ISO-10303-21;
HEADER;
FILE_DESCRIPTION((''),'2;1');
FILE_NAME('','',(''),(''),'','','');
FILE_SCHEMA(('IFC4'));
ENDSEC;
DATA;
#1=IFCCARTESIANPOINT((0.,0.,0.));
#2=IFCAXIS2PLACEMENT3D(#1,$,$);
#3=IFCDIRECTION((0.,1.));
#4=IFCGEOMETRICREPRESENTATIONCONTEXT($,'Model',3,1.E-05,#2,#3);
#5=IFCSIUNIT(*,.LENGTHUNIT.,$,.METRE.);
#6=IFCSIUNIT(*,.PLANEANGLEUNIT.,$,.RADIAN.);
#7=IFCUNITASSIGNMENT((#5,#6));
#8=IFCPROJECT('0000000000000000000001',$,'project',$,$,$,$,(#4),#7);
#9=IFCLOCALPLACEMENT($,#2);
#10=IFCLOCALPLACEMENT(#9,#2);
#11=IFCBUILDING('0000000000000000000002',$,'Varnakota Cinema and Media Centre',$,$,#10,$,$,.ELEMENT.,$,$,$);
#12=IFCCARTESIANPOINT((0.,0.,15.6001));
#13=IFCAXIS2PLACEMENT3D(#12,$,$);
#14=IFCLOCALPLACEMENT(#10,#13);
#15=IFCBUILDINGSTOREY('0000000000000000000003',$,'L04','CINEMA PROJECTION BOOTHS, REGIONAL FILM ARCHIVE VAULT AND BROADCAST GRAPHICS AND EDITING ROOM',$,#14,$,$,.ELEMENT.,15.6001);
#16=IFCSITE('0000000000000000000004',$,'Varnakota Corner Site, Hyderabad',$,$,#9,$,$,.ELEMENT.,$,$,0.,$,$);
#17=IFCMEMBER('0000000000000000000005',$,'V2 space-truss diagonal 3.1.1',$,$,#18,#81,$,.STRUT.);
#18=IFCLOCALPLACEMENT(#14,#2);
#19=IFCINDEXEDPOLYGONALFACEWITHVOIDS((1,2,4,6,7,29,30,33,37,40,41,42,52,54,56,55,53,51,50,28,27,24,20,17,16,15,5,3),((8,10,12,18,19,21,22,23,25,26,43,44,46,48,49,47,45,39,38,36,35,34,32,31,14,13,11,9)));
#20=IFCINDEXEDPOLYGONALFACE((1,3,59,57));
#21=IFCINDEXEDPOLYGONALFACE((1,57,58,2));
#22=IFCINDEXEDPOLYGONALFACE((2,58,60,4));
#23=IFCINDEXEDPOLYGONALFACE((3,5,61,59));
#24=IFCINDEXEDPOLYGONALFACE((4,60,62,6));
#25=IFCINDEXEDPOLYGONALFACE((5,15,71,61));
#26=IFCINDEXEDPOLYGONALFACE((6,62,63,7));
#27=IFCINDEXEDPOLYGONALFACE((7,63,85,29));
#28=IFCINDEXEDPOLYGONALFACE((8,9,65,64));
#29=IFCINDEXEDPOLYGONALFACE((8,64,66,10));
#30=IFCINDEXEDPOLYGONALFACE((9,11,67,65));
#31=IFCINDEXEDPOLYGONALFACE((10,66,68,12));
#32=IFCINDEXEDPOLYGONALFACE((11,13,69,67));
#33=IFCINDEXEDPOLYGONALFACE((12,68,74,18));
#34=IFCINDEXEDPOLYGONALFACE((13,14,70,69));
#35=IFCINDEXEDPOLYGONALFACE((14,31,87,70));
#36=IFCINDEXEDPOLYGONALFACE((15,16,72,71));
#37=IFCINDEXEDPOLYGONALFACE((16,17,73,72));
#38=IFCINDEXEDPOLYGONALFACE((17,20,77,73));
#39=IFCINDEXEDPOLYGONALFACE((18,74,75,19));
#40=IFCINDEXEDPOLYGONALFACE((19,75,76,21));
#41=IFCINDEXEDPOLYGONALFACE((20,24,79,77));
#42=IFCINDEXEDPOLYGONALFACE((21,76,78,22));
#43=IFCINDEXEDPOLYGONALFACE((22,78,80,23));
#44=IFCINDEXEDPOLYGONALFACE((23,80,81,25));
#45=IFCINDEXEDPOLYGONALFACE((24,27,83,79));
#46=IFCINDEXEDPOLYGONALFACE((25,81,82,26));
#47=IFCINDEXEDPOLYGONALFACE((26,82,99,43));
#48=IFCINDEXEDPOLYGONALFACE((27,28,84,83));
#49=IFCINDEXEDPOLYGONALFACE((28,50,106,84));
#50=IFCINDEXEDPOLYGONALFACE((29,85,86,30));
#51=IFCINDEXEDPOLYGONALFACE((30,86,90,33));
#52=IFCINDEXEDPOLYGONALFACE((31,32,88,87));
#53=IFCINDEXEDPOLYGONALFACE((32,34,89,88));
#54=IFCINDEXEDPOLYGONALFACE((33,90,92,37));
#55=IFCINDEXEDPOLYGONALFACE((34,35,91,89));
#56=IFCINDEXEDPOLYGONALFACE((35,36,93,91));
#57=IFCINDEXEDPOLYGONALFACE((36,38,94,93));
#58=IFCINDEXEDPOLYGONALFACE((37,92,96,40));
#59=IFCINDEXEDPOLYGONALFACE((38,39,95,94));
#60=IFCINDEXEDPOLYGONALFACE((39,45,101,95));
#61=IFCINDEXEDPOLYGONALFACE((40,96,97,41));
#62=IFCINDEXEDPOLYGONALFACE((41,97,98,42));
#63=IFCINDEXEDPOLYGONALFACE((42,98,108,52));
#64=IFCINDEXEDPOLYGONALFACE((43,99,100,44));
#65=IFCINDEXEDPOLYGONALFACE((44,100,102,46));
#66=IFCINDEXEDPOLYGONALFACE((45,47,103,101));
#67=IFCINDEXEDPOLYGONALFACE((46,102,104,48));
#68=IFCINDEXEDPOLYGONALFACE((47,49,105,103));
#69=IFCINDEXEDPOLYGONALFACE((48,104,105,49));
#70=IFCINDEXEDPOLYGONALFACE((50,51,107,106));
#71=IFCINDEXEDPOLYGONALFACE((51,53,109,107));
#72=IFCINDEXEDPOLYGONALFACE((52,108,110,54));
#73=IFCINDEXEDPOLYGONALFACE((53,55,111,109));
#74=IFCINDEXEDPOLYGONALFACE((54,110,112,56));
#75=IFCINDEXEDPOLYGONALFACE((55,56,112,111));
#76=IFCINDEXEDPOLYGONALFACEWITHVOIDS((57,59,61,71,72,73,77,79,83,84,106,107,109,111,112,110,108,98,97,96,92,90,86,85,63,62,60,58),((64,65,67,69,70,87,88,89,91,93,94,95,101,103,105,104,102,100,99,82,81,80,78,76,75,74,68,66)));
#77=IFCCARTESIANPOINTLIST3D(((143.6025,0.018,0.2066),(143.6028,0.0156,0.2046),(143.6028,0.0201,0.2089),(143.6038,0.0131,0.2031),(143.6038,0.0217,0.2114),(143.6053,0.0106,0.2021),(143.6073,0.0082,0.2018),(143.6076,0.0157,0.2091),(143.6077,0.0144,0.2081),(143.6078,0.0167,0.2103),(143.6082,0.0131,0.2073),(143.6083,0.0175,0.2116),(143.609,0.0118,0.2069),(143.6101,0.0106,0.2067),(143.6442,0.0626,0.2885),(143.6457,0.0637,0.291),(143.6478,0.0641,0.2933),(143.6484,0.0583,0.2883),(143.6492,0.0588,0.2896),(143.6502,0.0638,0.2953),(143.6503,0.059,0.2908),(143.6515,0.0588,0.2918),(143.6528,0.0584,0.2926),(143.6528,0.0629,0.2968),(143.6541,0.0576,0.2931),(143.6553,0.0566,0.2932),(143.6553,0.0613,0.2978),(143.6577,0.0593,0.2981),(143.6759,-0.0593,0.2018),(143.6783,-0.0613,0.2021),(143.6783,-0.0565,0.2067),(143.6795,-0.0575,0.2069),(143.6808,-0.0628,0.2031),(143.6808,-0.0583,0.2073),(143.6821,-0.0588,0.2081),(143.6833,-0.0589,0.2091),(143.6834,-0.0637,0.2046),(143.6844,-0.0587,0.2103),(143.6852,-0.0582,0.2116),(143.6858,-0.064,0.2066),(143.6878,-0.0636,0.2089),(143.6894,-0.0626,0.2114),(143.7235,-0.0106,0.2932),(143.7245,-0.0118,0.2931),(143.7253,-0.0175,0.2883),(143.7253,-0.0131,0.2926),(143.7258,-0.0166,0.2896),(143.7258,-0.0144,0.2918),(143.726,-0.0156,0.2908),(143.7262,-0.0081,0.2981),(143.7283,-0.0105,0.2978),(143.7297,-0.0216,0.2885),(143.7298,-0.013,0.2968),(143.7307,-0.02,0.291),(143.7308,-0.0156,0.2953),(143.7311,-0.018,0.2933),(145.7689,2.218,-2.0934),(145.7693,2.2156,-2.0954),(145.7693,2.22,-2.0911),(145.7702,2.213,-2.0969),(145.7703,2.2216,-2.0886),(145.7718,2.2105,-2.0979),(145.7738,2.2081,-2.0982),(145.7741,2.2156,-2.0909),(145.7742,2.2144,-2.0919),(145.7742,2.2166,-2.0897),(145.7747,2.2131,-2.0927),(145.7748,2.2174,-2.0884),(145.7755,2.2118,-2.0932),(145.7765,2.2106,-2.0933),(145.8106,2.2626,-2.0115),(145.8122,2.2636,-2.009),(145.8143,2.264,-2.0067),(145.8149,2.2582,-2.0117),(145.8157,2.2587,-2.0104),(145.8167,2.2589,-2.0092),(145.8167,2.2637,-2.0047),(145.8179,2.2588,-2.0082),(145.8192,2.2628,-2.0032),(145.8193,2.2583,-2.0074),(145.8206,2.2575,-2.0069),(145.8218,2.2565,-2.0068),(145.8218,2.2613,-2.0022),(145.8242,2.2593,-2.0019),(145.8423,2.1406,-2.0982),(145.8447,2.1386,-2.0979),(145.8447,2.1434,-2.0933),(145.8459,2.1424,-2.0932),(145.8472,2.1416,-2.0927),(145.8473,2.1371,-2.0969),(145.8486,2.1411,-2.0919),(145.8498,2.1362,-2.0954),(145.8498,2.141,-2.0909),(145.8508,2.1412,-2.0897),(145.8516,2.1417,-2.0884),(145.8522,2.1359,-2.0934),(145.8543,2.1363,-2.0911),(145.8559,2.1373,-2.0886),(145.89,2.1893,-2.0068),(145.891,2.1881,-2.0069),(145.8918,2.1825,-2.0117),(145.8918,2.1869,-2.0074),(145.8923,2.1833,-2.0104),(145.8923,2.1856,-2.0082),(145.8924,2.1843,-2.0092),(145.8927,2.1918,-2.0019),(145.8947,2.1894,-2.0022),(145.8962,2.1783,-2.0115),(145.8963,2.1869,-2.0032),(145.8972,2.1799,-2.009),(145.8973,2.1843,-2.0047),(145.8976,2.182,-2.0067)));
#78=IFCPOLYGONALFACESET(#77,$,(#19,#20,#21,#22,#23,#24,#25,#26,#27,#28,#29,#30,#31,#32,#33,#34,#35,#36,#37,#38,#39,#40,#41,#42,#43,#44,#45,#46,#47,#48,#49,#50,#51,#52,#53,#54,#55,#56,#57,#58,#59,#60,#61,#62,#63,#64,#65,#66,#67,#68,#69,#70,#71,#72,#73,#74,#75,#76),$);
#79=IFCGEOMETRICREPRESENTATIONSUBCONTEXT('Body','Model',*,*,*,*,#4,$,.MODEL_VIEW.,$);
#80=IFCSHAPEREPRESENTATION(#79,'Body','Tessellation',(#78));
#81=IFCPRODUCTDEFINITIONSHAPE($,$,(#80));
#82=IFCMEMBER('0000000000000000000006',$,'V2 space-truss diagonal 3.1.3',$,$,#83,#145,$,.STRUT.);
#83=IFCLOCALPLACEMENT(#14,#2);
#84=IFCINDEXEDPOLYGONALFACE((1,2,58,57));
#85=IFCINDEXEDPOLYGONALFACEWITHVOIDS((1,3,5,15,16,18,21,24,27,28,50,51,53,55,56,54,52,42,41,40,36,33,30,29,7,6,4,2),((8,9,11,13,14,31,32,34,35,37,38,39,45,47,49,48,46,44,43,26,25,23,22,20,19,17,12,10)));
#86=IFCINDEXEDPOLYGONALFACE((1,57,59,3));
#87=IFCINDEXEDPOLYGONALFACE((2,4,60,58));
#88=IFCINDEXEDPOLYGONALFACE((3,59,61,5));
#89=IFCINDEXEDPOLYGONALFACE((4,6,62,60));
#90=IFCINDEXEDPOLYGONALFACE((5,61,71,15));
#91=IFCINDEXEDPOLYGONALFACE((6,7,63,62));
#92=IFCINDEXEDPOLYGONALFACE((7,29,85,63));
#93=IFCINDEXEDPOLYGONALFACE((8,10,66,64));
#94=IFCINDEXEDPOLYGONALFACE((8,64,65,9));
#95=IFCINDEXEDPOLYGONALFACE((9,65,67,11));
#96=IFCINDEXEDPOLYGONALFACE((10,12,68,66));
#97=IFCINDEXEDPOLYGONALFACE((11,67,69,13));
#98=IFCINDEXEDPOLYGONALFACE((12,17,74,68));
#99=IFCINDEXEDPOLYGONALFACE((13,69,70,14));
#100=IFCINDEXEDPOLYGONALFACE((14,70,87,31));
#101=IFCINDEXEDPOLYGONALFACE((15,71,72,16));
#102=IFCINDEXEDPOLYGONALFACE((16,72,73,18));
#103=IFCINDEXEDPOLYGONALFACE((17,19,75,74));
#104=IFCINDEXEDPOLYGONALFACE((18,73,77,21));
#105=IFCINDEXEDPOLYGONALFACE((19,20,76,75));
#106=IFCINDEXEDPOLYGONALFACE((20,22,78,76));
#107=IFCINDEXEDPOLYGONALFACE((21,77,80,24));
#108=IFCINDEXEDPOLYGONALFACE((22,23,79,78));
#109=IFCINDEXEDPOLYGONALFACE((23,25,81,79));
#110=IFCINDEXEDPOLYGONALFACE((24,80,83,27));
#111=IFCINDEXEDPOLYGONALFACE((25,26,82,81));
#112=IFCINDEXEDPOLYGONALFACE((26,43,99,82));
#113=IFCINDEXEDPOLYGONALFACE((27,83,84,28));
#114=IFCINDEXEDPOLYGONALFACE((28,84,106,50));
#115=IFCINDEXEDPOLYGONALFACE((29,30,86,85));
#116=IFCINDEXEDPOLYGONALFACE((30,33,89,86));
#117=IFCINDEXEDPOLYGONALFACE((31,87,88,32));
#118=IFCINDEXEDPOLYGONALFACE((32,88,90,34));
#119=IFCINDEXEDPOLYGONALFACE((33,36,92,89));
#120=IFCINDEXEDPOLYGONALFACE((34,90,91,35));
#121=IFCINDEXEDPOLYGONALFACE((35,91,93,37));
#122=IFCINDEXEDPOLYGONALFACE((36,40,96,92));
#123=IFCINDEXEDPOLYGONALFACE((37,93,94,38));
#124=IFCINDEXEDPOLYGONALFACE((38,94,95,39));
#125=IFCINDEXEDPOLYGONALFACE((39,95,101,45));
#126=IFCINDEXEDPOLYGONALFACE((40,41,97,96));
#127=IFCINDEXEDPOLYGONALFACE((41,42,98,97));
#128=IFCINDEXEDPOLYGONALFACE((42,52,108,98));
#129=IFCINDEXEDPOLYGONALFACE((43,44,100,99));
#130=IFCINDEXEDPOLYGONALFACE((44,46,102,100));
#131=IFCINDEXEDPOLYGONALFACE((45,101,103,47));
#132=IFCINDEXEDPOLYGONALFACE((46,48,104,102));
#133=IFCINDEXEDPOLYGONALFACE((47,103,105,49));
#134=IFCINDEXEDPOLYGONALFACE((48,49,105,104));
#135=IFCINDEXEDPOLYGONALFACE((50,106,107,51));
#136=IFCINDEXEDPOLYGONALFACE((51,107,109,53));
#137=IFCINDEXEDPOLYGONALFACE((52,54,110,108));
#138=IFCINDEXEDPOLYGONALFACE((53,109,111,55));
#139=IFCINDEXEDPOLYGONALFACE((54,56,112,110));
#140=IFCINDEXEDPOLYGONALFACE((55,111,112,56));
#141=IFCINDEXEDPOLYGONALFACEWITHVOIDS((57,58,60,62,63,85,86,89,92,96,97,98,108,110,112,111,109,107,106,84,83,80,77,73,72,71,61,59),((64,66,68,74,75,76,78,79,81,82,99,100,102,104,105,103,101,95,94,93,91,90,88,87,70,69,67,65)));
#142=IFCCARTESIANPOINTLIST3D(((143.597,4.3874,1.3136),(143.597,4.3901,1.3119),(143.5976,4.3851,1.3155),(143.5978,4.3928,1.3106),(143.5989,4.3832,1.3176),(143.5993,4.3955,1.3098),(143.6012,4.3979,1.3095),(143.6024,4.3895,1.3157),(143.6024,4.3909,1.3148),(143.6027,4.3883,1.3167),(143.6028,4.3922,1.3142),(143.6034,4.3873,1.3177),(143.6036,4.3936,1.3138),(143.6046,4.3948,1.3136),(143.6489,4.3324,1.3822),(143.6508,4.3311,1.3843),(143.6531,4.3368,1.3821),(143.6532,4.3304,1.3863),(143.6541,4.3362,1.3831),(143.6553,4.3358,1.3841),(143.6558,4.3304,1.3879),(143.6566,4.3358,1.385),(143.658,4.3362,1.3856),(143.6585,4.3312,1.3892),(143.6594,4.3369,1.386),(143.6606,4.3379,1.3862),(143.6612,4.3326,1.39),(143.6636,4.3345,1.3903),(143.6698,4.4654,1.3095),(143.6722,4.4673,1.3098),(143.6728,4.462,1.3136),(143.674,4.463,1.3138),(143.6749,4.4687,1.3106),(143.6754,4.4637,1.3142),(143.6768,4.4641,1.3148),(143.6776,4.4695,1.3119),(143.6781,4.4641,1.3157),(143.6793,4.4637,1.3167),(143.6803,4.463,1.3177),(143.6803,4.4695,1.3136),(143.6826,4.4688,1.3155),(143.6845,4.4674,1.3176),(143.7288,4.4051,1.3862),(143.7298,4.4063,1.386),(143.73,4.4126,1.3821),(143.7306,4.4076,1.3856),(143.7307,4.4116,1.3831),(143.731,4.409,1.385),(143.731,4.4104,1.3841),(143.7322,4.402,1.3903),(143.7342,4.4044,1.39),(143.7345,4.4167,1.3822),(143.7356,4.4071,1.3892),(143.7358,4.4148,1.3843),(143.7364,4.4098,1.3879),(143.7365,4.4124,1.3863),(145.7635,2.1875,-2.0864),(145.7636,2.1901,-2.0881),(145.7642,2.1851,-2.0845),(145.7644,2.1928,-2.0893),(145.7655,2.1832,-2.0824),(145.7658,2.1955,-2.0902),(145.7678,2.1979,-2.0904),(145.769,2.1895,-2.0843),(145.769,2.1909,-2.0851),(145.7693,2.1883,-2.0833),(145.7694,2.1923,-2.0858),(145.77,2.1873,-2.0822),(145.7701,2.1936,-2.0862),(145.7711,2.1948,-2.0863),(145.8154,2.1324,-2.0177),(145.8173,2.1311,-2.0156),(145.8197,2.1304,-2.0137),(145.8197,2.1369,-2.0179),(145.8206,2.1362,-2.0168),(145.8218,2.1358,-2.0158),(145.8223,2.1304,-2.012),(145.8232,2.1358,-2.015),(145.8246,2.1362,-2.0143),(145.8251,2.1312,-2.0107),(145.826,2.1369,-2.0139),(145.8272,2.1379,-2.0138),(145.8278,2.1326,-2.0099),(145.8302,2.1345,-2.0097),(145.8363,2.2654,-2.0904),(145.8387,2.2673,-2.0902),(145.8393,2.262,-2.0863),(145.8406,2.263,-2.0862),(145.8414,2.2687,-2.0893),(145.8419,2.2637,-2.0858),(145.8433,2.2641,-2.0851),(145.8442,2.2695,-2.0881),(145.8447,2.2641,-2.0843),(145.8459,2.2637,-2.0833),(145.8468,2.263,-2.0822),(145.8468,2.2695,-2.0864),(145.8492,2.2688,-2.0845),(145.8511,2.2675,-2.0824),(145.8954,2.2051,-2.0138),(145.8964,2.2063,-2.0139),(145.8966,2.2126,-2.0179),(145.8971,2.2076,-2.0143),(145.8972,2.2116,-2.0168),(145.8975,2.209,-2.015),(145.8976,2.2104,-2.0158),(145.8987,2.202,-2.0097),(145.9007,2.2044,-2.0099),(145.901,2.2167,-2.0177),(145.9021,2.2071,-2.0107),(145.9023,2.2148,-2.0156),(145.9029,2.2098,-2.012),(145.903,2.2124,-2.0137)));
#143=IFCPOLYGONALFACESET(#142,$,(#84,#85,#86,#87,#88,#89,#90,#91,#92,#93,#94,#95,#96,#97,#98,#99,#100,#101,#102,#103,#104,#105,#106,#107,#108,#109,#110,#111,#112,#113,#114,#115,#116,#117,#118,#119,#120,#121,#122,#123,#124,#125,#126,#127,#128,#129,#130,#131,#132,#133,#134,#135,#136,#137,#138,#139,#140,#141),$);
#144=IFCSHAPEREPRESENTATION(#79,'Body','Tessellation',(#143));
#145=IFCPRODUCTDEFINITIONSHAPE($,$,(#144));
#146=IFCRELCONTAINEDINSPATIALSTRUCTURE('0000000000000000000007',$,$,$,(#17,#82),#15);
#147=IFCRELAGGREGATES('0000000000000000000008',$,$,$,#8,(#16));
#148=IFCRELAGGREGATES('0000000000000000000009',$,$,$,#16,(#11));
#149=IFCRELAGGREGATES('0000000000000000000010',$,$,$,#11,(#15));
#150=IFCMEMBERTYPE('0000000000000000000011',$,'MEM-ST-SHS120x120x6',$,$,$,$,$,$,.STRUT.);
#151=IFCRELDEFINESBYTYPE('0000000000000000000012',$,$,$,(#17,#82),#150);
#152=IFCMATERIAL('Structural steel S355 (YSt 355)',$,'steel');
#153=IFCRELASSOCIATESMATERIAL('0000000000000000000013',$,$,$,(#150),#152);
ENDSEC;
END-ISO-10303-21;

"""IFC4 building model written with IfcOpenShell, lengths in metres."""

from ifc_helpers import new_model, si_unit, direction, frame, origin, origin_2d, place, context, subcontext, project, spatial, hollow_rectangle, extrude, material, material_profile, profile_set, type_object, element, save


model = new_model("IFC4")

# Units and contexts
model_context = context("Model", 3, precision=1e-05, world=origin(), true_north=direction((0.0, 1.0)))
body_context = subcontext(model_context, "Body", "Model", "MODEL_VIEW")
ifc_project = project(units=[si_unit("LENGTHUNIT", "METRE"), si_unit("PLANEANGLEUNIT", "RADIAN")], contexts=[model_context])

# Site, building, storey
site_placement = place(None, origin())
site = spatial("IfcSite", under=ifc_project, at=site_placement, Name="Varnakota Corner Site, Hyderabad", CompositionType="ELEMENT", RefElevation=0.0)
building_placement = place(site_placement, origin())
building = spatial("IfcBuilding", under=site, at=building_placement, Name="Varnakota Cinema and Media Centre", CompositionType="ELEMENT")
storey_placement = place(building_placement, frame((0.0, 0.0, 15.6001)))
storey = spatial("IfcBuildingStorey", under=building, at=storey_placement, Name="L04", Description="CINEMA PROJECTION BOOTHS, REGIONAL FILM ARCHIVE VAULT AND BROADCAST GRAPHICS AND EDITING ROOM", CompositionType="ELEMENT", Elevation=15.6001)

# Members
ifc_material_1 = material(Name="Structural steel S355 (YSt 355)", Category="steel")
ifc_material_profile_1 = material_profile(ifc_material_1, hollow_rectangle(XDim=0.1201, YDim=0.1201, WallThickness=0.0061, InnerFilletRadius=0.0061, OuterFilletRadius=0.012, at=origin_2d()), Name="SHS 120x120x6")
ifc_profile_set_1 = profile_set([ifc_material_profile_1], Name="Structural steel S355 (YSt 355)")
member_type_1 = type_object("IfcMemberType", Name="MEM-ST-SHS120x120x6", PredefinedType="STRUT", material=ifc_profile_set_1)
member_1_placement = place(storey_placement, frame((145.8333, 2.2, -2.05), z_axis=(-0.562705, -0.571392, 0.59739), x_axis=(0.712502, -0.70167, 0.0)))
element("IfcMember", 1, at=member_1_placement, inside=storey, type_object=member_type_1, Name="V2 space-truss diagonal 3.1.1", PredefinedType="STRUT", context=body_context, shape_type="SweptSolid", body=[
    extrude(hollow_rectangle(XDim=0.1201, YDim=0.1201, WallThickness=0.0061, InnerFilletRadius=0.0061, OuterFilletRadius=0.012, at=origin_2d()), origin(), (0.0, 0.0, 1.0), 3.8501),
])
member_2_placement = place(storey_placement, frame((145.8333, 2.2, -2.05), z_axis=(-0.471728, 0.479011, 0.740285), x_axis=(-0.712502, -0.70167, 0.0)))
element("IfcMember", 2, at=member_2_placement, inside=storey, type_object=member_type_1, Name="V2 space-truss diagonal 3.1.3", PredefinedType="STRUT", context=body_context, shape_type="SweptSolid", body=[
    extrude(hollow_rectangle(XDim=0.1201, YDim=0.1201, WallThickness=0.0061, InnerFilletRadius=0.0061, OuterFilletRadius=0.012, at=origin_2d()), origin(), (0.0, 0.0, 1.0), 4.5928),
])

save(model, "model.ifc")
